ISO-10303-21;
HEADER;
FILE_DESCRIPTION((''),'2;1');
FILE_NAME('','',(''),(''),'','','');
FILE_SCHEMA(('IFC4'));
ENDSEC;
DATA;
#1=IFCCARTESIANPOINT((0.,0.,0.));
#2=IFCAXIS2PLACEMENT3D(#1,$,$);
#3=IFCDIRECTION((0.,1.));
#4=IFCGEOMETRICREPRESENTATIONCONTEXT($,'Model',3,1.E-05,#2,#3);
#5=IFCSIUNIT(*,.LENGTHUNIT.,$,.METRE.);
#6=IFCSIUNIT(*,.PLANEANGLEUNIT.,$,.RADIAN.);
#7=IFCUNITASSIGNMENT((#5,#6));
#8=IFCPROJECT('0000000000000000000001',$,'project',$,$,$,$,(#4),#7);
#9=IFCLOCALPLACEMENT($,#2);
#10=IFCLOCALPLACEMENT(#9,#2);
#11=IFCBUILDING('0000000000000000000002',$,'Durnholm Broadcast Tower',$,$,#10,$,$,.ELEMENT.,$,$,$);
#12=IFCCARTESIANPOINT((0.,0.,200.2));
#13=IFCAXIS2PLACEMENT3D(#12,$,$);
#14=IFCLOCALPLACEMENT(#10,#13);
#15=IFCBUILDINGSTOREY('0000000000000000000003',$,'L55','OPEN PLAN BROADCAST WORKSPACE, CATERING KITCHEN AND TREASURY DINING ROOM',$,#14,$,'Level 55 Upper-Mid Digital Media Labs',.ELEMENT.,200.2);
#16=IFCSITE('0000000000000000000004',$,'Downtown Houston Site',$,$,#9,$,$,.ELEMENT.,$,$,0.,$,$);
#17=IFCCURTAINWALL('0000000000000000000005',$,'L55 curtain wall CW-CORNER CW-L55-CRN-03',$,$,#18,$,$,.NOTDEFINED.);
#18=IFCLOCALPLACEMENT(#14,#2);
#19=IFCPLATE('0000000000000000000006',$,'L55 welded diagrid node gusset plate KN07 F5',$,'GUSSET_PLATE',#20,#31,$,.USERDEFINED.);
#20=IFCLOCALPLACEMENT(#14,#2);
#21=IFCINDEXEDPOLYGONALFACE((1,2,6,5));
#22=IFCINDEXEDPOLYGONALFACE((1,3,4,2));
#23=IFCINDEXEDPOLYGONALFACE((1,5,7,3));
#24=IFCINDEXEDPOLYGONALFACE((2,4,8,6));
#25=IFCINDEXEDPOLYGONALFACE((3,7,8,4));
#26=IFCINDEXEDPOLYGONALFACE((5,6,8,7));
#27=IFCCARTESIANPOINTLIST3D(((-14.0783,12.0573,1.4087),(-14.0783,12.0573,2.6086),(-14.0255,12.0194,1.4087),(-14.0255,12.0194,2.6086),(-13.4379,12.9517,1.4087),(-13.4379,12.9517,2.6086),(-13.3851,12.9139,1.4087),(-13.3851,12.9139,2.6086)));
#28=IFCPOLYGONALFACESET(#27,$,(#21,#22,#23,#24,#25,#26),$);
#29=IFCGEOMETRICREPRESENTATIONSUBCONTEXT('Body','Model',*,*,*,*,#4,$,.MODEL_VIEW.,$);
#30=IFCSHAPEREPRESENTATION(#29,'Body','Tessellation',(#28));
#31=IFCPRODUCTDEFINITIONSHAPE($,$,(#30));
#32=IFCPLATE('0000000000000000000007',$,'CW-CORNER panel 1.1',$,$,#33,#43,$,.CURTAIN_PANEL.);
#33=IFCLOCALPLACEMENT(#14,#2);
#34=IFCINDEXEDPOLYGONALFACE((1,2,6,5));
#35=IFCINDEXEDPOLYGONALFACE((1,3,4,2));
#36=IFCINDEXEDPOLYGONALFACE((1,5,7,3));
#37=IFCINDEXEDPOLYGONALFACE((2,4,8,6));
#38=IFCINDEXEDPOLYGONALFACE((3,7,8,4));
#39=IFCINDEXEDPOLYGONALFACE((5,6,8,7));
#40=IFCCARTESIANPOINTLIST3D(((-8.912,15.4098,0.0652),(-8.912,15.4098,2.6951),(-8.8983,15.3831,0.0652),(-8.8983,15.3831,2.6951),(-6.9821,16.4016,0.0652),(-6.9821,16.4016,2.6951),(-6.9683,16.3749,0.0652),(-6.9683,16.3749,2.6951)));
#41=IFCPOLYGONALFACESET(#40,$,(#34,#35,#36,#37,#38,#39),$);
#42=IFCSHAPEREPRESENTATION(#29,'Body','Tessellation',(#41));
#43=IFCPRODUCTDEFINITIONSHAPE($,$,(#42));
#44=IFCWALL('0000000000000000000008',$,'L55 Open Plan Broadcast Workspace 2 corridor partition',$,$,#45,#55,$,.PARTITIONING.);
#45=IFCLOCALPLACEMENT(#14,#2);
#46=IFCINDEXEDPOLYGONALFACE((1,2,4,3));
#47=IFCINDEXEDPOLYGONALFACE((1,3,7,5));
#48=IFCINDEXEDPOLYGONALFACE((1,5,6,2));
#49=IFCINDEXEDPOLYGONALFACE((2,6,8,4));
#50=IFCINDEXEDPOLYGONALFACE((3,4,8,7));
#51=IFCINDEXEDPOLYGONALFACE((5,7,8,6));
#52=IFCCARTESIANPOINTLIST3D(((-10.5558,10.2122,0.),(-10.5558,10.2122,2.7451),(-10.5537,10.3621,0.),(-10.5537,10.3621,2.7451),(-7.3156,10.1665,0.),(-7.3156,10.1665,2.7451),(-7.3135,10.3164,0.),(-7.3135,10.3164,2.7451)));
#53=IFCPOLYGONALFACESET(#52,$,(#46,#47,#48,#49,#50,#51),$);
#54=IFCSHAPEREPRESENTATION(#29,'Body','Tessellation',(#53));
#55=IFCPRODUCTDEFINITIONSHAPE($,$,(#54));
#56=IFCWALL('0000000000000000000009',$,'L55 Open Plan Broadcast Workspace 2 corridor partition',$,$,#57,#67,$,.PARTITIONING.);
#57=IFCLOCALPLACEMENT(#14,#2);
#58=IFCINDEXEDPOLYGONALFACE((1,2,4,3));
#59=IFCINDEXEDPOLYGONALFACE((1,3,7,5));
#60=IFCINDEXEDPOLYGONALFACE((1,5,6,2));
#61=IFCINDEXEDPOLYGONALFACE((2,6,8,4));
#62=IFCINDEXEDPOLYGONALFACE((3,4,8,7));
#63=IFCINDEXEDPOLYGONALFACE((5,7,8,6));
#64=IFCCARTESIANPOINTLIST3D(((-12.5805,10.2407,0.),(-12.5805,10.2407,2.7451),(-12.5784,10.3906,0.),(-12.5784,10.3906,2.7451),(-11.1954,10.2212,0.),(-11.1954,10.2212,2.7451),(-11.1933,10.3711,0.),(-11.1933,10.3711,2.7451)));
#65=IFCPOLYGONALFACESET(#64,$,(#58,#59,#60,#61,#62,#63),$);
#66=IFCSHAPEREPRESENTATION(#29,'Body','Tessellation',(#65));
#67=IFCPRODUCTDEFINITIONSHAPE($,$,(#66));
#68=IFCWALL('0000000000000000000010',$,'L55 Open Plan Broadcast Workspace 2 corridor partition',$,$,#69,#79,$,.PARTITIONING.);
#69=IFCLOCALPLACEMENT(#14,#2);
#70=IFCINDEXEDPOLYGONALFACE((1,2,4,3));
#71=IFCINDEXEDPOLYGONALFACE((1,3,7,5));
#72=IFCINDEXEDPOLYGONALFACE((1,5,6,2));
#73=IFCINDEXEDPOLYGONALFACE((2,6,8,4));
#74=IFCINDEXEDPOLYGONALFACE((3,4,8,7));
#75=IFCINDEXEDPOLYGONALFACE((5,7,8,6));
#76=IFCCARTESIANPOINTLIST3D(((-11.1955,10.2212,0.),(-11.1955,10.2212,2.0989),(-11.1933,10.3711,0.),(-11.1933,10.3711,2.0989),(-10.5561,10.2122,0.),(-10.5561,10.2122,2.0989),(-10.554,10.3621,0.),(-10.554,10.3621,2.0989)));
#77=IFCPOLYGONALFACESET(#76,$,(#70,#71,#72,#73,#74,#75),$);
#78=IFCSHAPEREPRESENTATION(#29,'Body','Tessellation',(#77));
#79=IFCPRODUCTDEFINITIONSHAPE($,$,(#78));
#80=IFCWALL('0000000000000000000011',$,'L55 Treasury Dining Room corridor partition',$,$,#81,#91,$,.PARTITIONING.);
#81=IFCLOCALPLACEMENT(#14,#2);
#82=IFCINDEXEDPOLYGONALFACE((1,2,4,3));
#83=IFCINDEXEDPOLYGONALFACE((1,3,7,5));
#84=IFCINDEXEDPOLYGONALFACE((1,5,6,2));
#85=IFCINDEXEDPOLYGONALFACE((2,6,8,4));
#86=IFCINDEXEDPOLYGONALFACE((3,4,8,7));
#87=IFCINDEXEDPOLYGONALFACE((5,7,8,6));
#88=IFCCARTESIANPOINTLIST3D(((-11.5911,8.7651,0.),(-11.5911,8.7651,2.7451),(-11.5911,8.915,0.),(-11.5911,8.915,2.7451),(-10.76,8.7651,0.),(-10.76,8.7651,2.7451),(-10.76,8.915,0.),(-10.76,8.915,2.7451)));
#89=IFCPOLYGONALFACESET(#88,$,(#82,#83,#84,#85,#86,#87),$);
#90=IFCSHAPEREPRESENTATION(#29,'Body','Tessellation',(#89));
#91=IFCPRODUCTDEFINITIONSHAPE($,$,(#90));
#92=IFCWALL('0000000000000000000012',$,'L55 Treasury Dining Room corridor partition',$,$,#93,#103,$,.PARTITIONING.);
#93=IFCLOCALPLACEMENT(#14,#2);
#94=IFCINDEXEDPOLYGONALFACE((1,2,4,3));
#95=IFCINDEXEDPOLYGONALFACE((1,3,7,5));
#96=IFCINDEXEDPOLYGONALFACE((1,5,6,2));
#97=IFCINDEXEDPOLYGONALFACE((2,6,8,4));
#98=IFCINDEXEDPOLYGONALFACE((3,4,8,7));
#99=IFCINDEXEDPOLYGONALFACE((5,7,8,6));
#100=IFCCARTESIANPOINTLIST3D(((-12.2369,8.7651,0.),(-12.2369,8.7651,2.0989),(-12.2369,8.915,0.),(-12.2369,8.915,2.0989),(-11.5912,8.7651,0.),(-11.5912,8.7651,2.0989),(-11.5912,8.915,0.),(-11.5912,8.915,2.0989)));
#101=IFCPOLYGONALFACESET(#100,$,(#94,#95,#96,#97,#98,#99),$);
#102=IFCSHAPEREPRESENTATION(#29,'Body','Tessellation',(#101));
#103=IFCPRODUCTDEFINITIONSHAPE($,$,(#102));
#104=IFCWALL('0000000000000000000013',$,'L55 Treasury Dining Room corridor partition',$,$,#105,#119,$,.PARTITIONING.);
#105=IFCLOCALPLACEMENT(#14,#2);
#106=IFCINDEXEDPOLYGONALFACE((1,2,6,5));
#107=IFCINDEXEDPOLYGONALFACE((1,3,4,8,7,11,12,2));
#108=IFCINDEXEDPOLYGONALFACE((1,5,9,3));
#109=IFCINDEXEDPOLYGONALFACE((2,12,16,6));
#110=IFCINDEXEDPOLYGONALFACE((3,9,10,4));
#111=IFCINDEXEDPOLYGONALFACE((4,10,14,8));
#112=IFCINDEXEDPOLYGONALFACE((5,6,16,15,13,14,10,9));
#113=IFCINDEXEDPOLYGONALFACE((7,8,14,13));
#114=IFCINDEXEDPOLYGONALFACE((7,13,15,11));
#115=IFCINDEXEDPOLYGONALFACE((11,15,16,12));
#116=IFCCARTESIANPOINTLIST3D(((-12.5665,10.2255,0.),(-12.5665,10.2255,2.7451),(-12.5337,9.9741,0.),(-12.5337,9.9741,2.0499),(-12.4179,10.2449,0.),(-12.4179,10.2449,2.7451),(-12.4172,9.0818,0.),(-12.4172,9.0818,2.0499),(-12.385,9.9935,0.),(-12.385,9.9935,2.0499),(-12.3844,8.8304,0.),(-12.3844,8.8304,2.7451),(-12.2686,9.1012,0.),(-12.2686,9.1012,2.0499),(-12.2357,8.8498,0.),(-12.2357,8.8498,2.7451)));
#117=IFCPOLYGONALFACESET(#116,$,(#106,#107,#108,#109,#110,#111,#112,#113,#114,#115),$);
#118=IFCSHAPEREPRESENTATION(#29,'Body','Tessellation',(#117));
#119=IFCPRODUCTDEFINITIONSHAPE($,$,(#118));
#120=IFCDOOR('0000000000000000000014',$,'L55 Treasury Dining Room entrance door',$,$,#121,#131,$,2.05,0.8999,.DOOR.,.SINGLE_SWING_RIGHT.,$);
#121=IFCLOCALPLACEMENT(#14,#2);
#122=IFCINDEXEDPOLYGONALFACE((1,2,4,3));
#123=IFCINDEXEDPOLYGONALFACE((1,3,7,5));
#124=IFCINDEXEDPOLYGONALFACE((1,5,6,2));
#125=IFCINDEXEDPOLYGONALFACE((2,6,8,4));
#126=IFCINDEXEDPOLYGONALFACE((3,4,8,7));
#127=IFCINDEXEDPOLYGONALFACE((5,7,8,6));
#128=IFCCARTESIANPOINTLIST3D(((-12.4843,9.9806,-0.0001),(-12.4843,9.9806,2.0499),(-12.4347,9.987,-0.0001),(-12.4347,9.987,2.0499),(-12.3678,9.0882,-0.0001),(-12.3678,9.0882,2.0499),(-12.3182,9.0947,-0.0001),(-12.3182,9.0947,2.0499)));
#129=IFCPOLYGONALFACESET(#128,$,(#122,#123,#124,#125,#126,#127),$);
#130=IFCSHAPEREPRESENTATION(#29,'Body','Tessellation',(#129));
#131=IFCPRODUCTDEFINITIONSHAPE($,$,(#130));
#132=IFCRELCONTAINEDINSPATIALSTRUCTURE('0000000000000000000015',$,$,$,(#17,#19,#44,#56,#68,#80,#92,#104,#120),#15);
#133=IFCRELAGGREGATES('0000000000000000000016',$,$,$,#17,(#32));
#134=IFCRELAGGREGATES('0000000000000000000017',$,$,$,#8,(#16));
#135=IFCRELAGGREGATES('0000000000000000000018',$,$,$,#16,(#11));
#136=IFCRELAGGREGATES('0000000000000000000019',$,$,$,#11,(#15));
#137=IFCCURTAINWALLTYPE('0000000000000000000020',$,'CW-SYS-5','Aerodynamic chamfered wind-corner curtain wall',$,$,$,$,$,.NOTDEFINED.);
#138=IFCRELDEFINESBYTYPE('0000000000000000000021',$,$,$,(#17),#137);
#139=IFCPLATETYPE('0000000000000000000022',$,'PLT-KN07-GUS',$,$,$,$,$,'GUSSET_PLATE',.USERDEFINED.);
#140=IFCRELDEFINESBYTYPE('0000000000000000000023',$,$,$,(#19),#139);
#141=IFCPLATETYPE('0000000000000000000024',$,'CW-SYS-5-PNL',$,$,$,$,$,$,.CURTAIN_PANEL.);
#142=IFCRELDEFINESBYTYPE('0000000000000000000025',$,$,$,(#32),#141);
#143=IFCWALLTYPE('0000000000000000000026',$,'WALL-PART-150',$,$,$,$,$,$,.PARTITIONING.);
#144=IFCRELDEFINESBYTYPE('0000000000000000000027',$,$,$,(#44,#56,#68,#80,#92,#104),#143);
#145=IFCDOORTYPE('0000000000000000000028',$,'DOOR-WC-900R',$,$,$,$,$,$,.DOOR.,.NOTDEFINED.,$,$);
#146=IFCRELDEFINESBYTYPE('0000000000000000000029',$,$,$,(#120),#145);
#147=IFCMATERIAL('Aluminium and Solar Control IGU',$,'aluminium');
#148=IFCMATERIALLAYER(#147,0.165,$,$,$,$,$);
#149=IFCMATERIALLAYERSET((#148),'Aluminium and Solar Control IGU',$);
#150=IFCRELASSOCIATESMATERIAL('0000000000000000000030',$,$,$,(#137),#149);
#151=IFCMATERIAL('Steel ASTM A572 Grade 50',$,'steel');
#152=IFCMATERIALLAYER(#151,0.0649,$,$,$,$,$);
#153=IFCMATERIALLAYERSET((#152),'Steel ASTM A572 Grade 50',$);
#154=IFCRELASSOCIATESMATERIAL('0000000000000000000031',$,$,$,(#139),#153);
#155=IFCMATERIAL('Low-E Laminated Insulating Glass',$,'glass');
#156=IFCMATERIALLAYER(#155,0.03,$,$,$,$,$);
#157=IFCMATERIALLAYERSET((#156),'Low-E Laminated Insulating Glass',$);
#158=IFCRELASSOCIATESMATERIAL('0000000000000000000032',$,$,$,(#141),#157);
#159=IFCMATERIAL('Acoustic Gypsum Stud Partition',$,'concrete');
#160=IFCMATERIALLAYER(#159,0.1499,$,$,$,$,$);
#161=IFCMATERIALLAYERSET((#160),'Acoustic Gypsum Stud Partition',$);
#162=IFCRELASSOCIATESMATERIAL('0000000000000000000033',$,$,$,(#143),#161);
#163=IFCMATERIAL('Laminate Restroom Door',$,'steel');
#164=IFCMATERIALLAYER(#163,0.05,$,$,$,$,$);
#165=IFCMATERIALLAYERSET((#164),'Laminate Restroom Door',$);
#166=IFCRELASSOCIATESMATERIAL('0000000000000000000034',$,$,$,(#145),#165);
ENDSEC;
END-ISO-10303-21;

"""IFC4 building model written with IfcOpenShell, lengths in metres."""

from ifc_helpers import new_model, si_unit, direction, frame, frame_2d, origin, origin_2d, place, context, subcontext, project, spatial, rectangle, extrude, source, transform, mapped, material, layer, layer_set, type_object, type_shapes, element, fill, aggregate, save


model = new_model("IFC4")

# Units and contexts
model_context = context("Model", 3, precision=1e-05, world=origin(), true_north=direction((0.0, 1.0)))
body_context = subcontext(model_context, "Body", "Model", "MODEL_VIEW")
ifc_project = project(units=[si_unit("LENGTHUNIT", "METRE"), si_unit("PLANEANGLEUNIT", "RADIAN")], contexts=[model_context])

# Site, building, storey
site_placement = place(None, origin())
site = spatial("IfcSite", under=ifc_project, at=site_placement, Name="Downtown Houston Site", CompositionType="ELEMENT", RefElevation=0.0)
building_placement = place(site_placement, origin())
building = spatial("IfcBuilding", under=site, at=building_placement, Name="Durnholm Broadcast Tower", CompositionType="ELEMENT")
storey_placement = place(building_placement, frame((0.0, 0.0, 200.2)))
storey = spatial("IfcBuildingStorey", under=building, at=storey_placement, Name="L55", Description="OPEN PLAN BROADCAST WORKSPACE, CATERING KITCHEN AND TREASURY DINING ROOM", LongName="Level 55 Upper-Mid Digital Media Labs", CompositionType="ELEMENT", Elevation=200.2)

# Curtain wall
ifc_material_1 = material(Name="Aluminium and Solar Control IGU", Category="aluminium")
ifc_layer_1 = layer(ifc_material_1, 0.165)
ifc_layer_set_1 = layer_set([ifc_layer_1], Name="Aluminium and Solar Control IGU")
curtain_wall_type_1 = type_object("IfcCurtainWallType", Name="CW-SYS-5", Description="Aerodynamic chamfered wind-corner curtain wall", PredefinedType="NOTDEFINED", material=ifc_layer_set_1)
curtain_wall_1_placement = place(storey_placement, origin())
curtain_wall_1 = element("IfcCurtainWall", 1, at=curtain_wall_1_placement, inside=storey, type_object=curtain_wall_type_1, Name="L55 curtain wall CW-CORNER CW-L55-CRN-03", PredefinedType="NOTDEFINED")

# Plate
ifc_material_2 = material(Name="Steel ASTM A572 Grade 50", Category="steel")
ifc_layer_2 = layer(ifc_material_2, 0.0649)
ifc_layer_set_2 = layer_set([ifc_layer_2], Name="Steel ASTM A572 Grade 50")
plate_type_1 = type_object("IfcPlateType", Name="PLT-KN07-GUS", ElementType="GUSSET_PLATE", PredefinedType="USERDEFINED", material=ifc_layer_set_2)
shared_shape_1 = source(origin(), body_context, "Body", "SweptSolid", [
    extrude(rectangle(XDim=1.1001, YDim=0.0649, at=origin_2d()), origin(), (0.0, 0.0, 1.0), 1.2),
])
type_shapes(plate_type_1, [shared_shape_1])
plate_1_placement = place(storey_placement, frame((-13.7317, 12.4856, 1.4087), z_axis=(0.0, 0.0, 1.0), x_axis=(-0.582123, -0.813101, 0.0)))
element("IfcPlate", 2, at=plate_1_placement, inside=storey, type_object=plate_type_1, Name="L55 welded diagrid node gusset plate KN07 F5", ObjectType="GUSSET_PLATE", PredefinedType="USERDEFINED", context=body_context, shape_type="MappedRepresentation", body=[
    mapped(shared_shape_1, transform((0.0, 0.0, 0.0), x_axis=(1.0, 0.0, 0.0), y_axis=(0.0, 1.0, 0.0), z_axis=(0.0, 0.0, 1.0), scale=1.0)),
])

# Plate
ifc_material_3 = material(Name="Low-E Laminated Insulating Glass", Category="glass")
ifc_layer_3 = layer(ifc_material_3, 0.03)
ifc_layer_set_3 = layer_set([ifc_layer_3], Name="Low-E Laminated Insulating Glass")
plate_type_2 = type_object("IfcPlateType", Name="CW-SYS-5-PNL", PredefinedType="CURTAIN_PANEL", material=ifc_layer_set_3)
shared_shape_2 = source(origin(), body_context, "Body", "SweptSolid", [
    extrude(rectangle(XDim=2.1699, YDim=0.03, at=origin_2d()), origin(), (0.0, 0.0, 1.0), 2.6299),
])
type_shapes(plate_type_2, [shared_shape_2])
plate_2_placement = place(storey_placement, frame((-7.9402, 15.8923, 0.0652), z_axis=(0.0, 0.0, 1.0), x_axis=(0.889425, 0.457082, 0.0)))
plate_2 = element("IfcPlate", 3, at=plate_2_placement, type_object=plate_type_2, Name="CW-CORNER panel 1.1", PredefinedType="CURTAIN_PANEL", context=body_context, shape_type="MappedRepresentation", body=[
    mapped(shared_shape_2, transform((0.0, 0.0, 0.0), x_axis=(1.0, 0.0, 0.0), y_axis=(0.0, 1.0, 0.0), z_axis=(0.0, 0.0, 1.0), scale=1.0)),
])
aggregate(curtain_wall_1, [plate_2])

# Walls
ifc_material_4 = material(Name="Acoustic Gypsum Stud Partition", Category="concrete")
ifc_layer_4 = layer(ifc_material_4, 0.1499)
ifc_layer_set_4 = layer_set([ifc_layer_4], Name="Acoustic Gypsum Stud Partition")
wall_type = type_object("IfcWallType", Name="WALL-PART-150", PredefinedType="PARTITIONING", material=ifc_layer_set_4)
wall_1_placement = place(storey_placement, frame((-7.3147, 10.2415, 0.0), z_axis=(0.0, 0.0, 1.0), x_axis=(-0.999901, 0.014088, 0.0)))
element("IfcWall", 4, at=wall_1_placement, inside=storey, type_object=wall_type, Name="L55 Open Plan Broadcast Workspace 2 corridor partition", PredefinedType="PARTITIONING", context=body_context, shape_type="SweptSolid", body=[
    extrude(rectangle(XDim=3.2405, YDim=0.1499, at=frame_2d((1.6201, 0.0))), origin(), (0.0, 0.0, 1.0), 2.7451),
])
wall_2_placement = place(storey_placement, frame((-11.1943, 10.2961, 0.0), z_axis=(0.0, 0.0, 1.0), x_axis=(-0.999901, 0.0141, 0.0)))
element("IfcWall", 5, at=wall_2_placement, inside=storey, type_object=wall_type, Name="L55 Open Plan Broadcast Workspace 2 corridor partition", PredefinedType="PARTITIONING", context=body_context, shape_type="SweptSolid", body=[
    extrude(rectangle(XDim=1.3853, YDim=0.1499, at=frame_2d((0.6926, 0.0))), origin(), (0.0, 0.0, 1.0), 2.7451),
])
wall_3_placement = place(storey_placement, frame((-10.5549, 10.2871, 0.0), z_axis=(0.0, 0.0, 1.0), x_axis=(-0.9999, 0.014126, 0.0)))
element("IfcWall", 6, at=wall_3_placement, inside=storey, type_object=wall_type, Name="L55 Open Plan Broadcast Workspace 2 corridor partition", PredefinedType="PARTITIONING", context=body_context, shape_type="SweptSolid", body=[
    extrude(rectangle(XDim=0.6394, YDim=0.1499, at=frame_2d((0.3198, 0.0))), origin(), (0.0, 0.0, 1.0), 2.0989),
])
wall_4_placement = place(storey_placement, frame((-11.5911, 8.8401, 0.0), z_axis=(0.0, 0.0, 1.0), x_axis=(1.0, 0.0, 0.0)))
element("IfcWall", 7, at=wall_4_placement, inside=storey, type_object=wall_type, Name="L55 Treasury Dining Room corridor partition", PredefinedType="PARTITIONING", context=body_context, shape_type="SweptSolid", body=[
    extrude(rectangle(XDim=0.8311, YDim=0.1499, at=frame_2d((0.4155, 0.0))), origin(), (0.0, 0.0, 1.0), 2.7451),
])
wall_5_placement = place(storey_placement, frame((-12.2368, 8.8401, 0.0), z_axis=(0.0, 0.0, 1.0), x_axis=(1.0, 0.0, 0.0)))
element("IfcWall", 8, at=wall_5_placement, inside=storey, type_object=wall_type, Name="L55 Treasury Dining Room corridor partition", PredefinedType="PARTITIONING", context=body_context, shape_type="SweptSolid", body=[
    extrude(rectangle(XDim=0.6458, YDim=0.1499, at=frame_2d((0.3228, 0.0))), origin(), (0.0, 0.0, 1.0), 2.0989),
])

# Wall, opening, door
wall_6_placement = place(storey_placement, frame((-12.4922, 10.2354, 0.0), z_axis=(0.0, 0.0, 1.0), x_axis=(0.129436, -0.991588, 0.0)))
wall_6 = element("IfcWall", 9, at=wall_6_placement, inside=storey, type_object=wall_type, Name="L55 Treasury Dining Room corridor partition", PredefinedType="PARTITIONING", context=body_context, shape_type="SweptSolid", body=[
    extrude(rectangle(XDim=1.407, YDim=0.1499, at=frame_2d((0.7036, 0.0))), origin(), (0.0, 0.0, 1.0), 2.7451),
])
opening_placement = place(wall_6_placement, frame((0.2537, 0.0, 0.0)))
opening = element("IfcOpeningElement", 10, at=opening_placement, cuts=wall_6, PredefinedType="OPENING", context=body_context, shape_type="SweptSolid", body=[
    extrude(rectangle(XDim=0.8999, YDim=2.05, at=frame_2d((0.45, 1.0249))), frame((0.0, 0.085, 0.0), z_axis=(0.0, -1.0, 0.0), x_axis=(1.0, 0.0, 0.0)), (0.0, 0.0, 1.0), 0.1699),
])
ifc_material_5 = material(Name="Laminate Restroom Door", Category="steel")
ifc_layer_5 = layer(ifc_material_5, 0.05)
ifc_layer_set_5 = layer_set([ifc_layer_5], Name="Laminate Restroom Door")
door_type = type_object("IfcDoorType", Name="DOOR-WC-900R", OperationType="NOTDEFINED", PredefinedType="DOOR", material=ifc_layer_set_5)
shared_shape_3 = source(origin(), body_context, "Body", "SweptSolid", [
    extrude(rectangle(XDim=0.8999, YDim=2.05, at=frame_2d((0.45, 1.0249))), frame((0.0, 0.0249, 0.0), z_axis=(0.0, -1.0, 0.0), x_axis=(1.0, 0.0, 0.0)), (0.0, 0.0, 1.0), 0.05),
])
type_shapes(door_type, [shared_shape_3])
door_placement = place(opening_placement, origin())
door = element("IfcDoor", 11, at=door_placement, inside=storey, type_object=door_type, Name="L55 Treasury Dining Room entrance door", OperationType="SINGLE_SWING_RIGHT", OverallHeight=2.05, OverallWidth=0.8999, PredefinedType="DOOR", context=body_context, shape_type="MappedRepresentation", body=[
    mapped(shared_shape_3, transform((0.0, 0.0, 0.0), x_axis=(1.0, 0.0, 0.0), y_axis=(0.0, 1.0, 0.0), z_axis=(0.0, 0.0, 1.0), scale=1.0)),
])
fill(opening, door)

save(model, "model.ifc")
